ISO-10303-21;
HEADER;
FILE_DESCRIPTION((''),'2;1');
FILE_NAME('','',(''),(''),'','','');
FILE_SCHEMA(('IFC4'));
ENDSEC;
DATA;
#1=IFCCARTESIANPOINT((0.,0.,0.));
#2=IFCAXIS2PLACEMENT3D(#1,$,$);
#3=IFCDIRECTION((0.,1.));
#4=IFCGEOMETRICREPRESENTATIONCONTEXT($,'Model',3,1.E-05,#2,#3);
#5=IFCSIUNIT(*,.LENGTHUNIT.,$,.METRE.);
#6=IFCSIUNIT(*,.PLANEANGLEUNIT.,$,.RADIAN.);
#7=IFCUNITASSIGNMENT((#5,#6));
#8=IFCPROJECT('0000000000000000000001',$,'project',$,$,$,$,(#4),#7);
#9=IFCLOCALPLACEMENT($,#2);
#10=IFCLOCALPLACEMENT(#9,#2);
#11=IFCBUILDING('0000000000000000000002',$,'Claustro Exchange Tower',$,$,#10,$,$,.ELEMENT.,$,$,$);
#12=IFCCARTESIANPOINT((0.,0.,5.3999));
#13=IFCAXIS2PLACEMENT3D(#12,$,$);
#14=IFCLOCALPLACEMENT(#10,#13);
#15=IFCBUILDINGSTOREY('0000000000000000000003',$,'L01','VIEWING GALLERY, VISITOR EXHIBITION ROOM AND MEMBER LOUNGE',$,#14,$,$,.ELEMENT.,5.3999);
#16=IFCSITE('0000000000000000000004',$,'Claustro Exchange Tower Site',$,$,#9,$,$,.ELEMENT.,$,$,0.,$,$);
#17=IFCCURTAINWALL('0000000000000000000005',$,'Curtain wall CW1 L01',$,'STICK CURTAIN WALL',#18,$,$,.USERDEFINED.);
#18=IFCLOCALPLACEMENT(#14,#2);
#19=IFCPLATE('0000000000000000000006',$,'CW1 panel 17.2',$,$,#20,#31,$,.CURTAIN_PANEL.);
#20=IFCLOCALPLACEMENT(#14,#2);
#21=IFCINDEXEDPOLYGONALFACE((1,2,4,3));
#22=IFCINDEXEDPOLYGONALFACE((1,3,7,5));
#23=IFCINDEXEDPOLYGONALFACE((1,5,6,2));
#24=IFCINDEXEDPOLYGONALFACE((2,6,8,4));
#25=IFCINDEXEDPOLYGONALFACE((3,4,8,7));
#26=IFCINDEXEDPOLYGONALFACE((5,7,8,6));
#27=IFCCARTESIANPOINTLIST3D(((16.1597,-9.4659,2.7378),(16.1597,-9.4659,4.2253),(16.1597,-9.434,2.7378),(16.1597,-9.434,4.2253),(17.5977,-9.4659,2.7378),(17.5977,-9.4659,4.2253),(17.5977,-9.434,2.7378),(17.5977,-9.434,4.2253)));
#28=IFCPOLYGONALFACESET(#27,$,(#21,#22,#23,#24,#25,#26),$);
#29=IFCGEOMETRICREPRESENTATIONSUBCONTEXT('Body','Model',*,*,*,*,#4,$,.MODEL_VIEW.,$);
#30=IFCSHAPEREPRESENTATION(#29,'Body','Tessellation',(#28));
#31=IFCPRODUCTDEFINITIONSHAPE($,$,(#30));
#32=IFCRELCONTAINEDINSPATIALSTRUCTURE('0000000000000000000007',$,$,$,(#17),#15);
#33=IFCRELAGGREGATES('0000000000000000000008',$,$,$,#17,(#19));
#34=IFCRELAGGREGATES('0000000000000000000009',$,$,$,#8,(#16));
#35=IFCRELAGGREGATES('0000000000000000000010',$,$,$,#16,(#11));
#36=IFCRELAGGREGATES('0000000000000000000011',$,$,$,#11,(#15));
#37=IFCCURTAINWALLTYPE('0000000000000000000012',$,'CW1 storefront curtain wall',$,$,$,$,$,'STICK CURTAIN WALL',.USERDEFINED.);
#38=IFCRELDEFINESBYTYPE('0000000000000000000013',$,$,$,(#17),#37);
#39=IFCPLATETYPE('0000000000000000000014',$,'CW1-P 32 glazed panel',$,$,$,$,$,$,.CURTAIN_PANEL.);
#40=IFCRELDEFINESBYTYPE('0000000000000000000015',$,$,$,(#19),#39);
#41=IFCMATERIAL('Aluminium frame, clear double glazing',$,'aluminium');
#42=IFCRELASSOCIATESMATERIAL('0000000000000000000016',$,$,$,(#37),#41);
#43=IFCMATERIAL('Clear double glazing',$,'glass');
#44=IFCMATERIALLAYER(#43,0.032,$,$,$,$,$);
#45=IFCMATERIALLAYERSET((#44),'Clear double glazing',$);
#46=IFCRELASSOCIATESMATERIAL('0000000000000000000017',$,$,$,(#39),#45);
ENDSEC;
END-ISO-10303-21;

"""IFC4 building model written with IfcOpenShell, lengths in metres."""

from ifc_helpers import new_model, si_unit, direction, frame, origin, origin_2d, place, context, subcontext, project, spatial, rectangle, extrude, material, layer, layer_set, type_object, element, aggregate, save


model = new_model("IFC4")

# Units and contexts
model_context = context("Model", 3, precision=1e-05, world=origin(), true_north=direction((0.0, 1.0)))
body_context = subcontext(model_context, "Body", "Model", "MODEL_VIEW")
ifc_project = project(units=[si_unit("LENGTHUNIT", "METRE"), si_unit("PLANEANGLEUNIT", "RADIAN")], contexts=[model_context])

# Site, building, storey
site_placement = place(None, origin())
site = spatial("IfcSite", under=ifc_project, at=site_placement, Name="Claustro Exchange Tower Site", CompositionType="ELEMENT", RefElevation=0.0)
building_placement = place(site_placement, origin())
building = spatial("IfcBuilding", under=site, at=building_placement, Name="Claustro Exchange Tower", CompositionType="ELEMENT")
storey_placement = place(building_placement, frame((0.0, 0.0, 5.3999)))
storey = spatial("IfcBuildingStorey", under=building, at=storey_placement, Name="L01", Description="VIEWING GALLERY, VISITOR EXHIBITION ROOM AND MEMBER LOUNGE", CompositionType="ELEMENT", Elevation=5.3999)

# Curtain wall, plate
ifc_material_1 = material(Name="Aluminium frame, clear double glazing", Category="aluminium")
curtain_wall_type = type_object("IfcCurtainWallType", Name="CW1 storefront curtain wall", ElementType="STICK CURTAIN WALL", PredefinedType="USERDEFINED", material=ifc_material_1)
curtain_wall_placement = place(storey_placement, origin())
curtain_wall = element("IfcCurtainWall", 1, at=curtain_wall_placement, inside=storey, type_object=curtain_wall_type, Name="Curtain wall CW1 L01", ObjectType="STICK CURTAIN WALL", PredefinedType="USERDEFINED")
ifc_material_2 = material(Name="Clear double glazing", Category="glass")
ifc_layer = layer(ifc_material_2, 0.032)
ifc_layer_set = layer_set([ifc_layer], Name="Clear double glazing")
plate_type = type_object("IfcPlateType", Name="CW1-P 32 glazed panel", PredefinedType="CURTAIN_PANEL", material=ifc_layer_set)
plate_1_placement = place(storey_placement, frame((16.8787, -9.45, 2.7378), z_axis=(0.0, 0.0, 1.0), x_axis=(1.0, 0.0, 0.0)))
plate_1 = element("IfcPlate", 2, at=plate_1_placement, type_object=plate_type, Name="CW1 panel 17.2", PredefinedType="CURTAIN_PANEL", context=body_context, shape_type="SweptSolid", body=[
    extrude(rectangle(XDim=1.438, YDim=0.032, at=origin_2d()), origin(), (0.0, 0.0, 1.0), 1.4875),
])
aggregate(curtain_wall, [plate_1])

save(model, "model.ifc")
